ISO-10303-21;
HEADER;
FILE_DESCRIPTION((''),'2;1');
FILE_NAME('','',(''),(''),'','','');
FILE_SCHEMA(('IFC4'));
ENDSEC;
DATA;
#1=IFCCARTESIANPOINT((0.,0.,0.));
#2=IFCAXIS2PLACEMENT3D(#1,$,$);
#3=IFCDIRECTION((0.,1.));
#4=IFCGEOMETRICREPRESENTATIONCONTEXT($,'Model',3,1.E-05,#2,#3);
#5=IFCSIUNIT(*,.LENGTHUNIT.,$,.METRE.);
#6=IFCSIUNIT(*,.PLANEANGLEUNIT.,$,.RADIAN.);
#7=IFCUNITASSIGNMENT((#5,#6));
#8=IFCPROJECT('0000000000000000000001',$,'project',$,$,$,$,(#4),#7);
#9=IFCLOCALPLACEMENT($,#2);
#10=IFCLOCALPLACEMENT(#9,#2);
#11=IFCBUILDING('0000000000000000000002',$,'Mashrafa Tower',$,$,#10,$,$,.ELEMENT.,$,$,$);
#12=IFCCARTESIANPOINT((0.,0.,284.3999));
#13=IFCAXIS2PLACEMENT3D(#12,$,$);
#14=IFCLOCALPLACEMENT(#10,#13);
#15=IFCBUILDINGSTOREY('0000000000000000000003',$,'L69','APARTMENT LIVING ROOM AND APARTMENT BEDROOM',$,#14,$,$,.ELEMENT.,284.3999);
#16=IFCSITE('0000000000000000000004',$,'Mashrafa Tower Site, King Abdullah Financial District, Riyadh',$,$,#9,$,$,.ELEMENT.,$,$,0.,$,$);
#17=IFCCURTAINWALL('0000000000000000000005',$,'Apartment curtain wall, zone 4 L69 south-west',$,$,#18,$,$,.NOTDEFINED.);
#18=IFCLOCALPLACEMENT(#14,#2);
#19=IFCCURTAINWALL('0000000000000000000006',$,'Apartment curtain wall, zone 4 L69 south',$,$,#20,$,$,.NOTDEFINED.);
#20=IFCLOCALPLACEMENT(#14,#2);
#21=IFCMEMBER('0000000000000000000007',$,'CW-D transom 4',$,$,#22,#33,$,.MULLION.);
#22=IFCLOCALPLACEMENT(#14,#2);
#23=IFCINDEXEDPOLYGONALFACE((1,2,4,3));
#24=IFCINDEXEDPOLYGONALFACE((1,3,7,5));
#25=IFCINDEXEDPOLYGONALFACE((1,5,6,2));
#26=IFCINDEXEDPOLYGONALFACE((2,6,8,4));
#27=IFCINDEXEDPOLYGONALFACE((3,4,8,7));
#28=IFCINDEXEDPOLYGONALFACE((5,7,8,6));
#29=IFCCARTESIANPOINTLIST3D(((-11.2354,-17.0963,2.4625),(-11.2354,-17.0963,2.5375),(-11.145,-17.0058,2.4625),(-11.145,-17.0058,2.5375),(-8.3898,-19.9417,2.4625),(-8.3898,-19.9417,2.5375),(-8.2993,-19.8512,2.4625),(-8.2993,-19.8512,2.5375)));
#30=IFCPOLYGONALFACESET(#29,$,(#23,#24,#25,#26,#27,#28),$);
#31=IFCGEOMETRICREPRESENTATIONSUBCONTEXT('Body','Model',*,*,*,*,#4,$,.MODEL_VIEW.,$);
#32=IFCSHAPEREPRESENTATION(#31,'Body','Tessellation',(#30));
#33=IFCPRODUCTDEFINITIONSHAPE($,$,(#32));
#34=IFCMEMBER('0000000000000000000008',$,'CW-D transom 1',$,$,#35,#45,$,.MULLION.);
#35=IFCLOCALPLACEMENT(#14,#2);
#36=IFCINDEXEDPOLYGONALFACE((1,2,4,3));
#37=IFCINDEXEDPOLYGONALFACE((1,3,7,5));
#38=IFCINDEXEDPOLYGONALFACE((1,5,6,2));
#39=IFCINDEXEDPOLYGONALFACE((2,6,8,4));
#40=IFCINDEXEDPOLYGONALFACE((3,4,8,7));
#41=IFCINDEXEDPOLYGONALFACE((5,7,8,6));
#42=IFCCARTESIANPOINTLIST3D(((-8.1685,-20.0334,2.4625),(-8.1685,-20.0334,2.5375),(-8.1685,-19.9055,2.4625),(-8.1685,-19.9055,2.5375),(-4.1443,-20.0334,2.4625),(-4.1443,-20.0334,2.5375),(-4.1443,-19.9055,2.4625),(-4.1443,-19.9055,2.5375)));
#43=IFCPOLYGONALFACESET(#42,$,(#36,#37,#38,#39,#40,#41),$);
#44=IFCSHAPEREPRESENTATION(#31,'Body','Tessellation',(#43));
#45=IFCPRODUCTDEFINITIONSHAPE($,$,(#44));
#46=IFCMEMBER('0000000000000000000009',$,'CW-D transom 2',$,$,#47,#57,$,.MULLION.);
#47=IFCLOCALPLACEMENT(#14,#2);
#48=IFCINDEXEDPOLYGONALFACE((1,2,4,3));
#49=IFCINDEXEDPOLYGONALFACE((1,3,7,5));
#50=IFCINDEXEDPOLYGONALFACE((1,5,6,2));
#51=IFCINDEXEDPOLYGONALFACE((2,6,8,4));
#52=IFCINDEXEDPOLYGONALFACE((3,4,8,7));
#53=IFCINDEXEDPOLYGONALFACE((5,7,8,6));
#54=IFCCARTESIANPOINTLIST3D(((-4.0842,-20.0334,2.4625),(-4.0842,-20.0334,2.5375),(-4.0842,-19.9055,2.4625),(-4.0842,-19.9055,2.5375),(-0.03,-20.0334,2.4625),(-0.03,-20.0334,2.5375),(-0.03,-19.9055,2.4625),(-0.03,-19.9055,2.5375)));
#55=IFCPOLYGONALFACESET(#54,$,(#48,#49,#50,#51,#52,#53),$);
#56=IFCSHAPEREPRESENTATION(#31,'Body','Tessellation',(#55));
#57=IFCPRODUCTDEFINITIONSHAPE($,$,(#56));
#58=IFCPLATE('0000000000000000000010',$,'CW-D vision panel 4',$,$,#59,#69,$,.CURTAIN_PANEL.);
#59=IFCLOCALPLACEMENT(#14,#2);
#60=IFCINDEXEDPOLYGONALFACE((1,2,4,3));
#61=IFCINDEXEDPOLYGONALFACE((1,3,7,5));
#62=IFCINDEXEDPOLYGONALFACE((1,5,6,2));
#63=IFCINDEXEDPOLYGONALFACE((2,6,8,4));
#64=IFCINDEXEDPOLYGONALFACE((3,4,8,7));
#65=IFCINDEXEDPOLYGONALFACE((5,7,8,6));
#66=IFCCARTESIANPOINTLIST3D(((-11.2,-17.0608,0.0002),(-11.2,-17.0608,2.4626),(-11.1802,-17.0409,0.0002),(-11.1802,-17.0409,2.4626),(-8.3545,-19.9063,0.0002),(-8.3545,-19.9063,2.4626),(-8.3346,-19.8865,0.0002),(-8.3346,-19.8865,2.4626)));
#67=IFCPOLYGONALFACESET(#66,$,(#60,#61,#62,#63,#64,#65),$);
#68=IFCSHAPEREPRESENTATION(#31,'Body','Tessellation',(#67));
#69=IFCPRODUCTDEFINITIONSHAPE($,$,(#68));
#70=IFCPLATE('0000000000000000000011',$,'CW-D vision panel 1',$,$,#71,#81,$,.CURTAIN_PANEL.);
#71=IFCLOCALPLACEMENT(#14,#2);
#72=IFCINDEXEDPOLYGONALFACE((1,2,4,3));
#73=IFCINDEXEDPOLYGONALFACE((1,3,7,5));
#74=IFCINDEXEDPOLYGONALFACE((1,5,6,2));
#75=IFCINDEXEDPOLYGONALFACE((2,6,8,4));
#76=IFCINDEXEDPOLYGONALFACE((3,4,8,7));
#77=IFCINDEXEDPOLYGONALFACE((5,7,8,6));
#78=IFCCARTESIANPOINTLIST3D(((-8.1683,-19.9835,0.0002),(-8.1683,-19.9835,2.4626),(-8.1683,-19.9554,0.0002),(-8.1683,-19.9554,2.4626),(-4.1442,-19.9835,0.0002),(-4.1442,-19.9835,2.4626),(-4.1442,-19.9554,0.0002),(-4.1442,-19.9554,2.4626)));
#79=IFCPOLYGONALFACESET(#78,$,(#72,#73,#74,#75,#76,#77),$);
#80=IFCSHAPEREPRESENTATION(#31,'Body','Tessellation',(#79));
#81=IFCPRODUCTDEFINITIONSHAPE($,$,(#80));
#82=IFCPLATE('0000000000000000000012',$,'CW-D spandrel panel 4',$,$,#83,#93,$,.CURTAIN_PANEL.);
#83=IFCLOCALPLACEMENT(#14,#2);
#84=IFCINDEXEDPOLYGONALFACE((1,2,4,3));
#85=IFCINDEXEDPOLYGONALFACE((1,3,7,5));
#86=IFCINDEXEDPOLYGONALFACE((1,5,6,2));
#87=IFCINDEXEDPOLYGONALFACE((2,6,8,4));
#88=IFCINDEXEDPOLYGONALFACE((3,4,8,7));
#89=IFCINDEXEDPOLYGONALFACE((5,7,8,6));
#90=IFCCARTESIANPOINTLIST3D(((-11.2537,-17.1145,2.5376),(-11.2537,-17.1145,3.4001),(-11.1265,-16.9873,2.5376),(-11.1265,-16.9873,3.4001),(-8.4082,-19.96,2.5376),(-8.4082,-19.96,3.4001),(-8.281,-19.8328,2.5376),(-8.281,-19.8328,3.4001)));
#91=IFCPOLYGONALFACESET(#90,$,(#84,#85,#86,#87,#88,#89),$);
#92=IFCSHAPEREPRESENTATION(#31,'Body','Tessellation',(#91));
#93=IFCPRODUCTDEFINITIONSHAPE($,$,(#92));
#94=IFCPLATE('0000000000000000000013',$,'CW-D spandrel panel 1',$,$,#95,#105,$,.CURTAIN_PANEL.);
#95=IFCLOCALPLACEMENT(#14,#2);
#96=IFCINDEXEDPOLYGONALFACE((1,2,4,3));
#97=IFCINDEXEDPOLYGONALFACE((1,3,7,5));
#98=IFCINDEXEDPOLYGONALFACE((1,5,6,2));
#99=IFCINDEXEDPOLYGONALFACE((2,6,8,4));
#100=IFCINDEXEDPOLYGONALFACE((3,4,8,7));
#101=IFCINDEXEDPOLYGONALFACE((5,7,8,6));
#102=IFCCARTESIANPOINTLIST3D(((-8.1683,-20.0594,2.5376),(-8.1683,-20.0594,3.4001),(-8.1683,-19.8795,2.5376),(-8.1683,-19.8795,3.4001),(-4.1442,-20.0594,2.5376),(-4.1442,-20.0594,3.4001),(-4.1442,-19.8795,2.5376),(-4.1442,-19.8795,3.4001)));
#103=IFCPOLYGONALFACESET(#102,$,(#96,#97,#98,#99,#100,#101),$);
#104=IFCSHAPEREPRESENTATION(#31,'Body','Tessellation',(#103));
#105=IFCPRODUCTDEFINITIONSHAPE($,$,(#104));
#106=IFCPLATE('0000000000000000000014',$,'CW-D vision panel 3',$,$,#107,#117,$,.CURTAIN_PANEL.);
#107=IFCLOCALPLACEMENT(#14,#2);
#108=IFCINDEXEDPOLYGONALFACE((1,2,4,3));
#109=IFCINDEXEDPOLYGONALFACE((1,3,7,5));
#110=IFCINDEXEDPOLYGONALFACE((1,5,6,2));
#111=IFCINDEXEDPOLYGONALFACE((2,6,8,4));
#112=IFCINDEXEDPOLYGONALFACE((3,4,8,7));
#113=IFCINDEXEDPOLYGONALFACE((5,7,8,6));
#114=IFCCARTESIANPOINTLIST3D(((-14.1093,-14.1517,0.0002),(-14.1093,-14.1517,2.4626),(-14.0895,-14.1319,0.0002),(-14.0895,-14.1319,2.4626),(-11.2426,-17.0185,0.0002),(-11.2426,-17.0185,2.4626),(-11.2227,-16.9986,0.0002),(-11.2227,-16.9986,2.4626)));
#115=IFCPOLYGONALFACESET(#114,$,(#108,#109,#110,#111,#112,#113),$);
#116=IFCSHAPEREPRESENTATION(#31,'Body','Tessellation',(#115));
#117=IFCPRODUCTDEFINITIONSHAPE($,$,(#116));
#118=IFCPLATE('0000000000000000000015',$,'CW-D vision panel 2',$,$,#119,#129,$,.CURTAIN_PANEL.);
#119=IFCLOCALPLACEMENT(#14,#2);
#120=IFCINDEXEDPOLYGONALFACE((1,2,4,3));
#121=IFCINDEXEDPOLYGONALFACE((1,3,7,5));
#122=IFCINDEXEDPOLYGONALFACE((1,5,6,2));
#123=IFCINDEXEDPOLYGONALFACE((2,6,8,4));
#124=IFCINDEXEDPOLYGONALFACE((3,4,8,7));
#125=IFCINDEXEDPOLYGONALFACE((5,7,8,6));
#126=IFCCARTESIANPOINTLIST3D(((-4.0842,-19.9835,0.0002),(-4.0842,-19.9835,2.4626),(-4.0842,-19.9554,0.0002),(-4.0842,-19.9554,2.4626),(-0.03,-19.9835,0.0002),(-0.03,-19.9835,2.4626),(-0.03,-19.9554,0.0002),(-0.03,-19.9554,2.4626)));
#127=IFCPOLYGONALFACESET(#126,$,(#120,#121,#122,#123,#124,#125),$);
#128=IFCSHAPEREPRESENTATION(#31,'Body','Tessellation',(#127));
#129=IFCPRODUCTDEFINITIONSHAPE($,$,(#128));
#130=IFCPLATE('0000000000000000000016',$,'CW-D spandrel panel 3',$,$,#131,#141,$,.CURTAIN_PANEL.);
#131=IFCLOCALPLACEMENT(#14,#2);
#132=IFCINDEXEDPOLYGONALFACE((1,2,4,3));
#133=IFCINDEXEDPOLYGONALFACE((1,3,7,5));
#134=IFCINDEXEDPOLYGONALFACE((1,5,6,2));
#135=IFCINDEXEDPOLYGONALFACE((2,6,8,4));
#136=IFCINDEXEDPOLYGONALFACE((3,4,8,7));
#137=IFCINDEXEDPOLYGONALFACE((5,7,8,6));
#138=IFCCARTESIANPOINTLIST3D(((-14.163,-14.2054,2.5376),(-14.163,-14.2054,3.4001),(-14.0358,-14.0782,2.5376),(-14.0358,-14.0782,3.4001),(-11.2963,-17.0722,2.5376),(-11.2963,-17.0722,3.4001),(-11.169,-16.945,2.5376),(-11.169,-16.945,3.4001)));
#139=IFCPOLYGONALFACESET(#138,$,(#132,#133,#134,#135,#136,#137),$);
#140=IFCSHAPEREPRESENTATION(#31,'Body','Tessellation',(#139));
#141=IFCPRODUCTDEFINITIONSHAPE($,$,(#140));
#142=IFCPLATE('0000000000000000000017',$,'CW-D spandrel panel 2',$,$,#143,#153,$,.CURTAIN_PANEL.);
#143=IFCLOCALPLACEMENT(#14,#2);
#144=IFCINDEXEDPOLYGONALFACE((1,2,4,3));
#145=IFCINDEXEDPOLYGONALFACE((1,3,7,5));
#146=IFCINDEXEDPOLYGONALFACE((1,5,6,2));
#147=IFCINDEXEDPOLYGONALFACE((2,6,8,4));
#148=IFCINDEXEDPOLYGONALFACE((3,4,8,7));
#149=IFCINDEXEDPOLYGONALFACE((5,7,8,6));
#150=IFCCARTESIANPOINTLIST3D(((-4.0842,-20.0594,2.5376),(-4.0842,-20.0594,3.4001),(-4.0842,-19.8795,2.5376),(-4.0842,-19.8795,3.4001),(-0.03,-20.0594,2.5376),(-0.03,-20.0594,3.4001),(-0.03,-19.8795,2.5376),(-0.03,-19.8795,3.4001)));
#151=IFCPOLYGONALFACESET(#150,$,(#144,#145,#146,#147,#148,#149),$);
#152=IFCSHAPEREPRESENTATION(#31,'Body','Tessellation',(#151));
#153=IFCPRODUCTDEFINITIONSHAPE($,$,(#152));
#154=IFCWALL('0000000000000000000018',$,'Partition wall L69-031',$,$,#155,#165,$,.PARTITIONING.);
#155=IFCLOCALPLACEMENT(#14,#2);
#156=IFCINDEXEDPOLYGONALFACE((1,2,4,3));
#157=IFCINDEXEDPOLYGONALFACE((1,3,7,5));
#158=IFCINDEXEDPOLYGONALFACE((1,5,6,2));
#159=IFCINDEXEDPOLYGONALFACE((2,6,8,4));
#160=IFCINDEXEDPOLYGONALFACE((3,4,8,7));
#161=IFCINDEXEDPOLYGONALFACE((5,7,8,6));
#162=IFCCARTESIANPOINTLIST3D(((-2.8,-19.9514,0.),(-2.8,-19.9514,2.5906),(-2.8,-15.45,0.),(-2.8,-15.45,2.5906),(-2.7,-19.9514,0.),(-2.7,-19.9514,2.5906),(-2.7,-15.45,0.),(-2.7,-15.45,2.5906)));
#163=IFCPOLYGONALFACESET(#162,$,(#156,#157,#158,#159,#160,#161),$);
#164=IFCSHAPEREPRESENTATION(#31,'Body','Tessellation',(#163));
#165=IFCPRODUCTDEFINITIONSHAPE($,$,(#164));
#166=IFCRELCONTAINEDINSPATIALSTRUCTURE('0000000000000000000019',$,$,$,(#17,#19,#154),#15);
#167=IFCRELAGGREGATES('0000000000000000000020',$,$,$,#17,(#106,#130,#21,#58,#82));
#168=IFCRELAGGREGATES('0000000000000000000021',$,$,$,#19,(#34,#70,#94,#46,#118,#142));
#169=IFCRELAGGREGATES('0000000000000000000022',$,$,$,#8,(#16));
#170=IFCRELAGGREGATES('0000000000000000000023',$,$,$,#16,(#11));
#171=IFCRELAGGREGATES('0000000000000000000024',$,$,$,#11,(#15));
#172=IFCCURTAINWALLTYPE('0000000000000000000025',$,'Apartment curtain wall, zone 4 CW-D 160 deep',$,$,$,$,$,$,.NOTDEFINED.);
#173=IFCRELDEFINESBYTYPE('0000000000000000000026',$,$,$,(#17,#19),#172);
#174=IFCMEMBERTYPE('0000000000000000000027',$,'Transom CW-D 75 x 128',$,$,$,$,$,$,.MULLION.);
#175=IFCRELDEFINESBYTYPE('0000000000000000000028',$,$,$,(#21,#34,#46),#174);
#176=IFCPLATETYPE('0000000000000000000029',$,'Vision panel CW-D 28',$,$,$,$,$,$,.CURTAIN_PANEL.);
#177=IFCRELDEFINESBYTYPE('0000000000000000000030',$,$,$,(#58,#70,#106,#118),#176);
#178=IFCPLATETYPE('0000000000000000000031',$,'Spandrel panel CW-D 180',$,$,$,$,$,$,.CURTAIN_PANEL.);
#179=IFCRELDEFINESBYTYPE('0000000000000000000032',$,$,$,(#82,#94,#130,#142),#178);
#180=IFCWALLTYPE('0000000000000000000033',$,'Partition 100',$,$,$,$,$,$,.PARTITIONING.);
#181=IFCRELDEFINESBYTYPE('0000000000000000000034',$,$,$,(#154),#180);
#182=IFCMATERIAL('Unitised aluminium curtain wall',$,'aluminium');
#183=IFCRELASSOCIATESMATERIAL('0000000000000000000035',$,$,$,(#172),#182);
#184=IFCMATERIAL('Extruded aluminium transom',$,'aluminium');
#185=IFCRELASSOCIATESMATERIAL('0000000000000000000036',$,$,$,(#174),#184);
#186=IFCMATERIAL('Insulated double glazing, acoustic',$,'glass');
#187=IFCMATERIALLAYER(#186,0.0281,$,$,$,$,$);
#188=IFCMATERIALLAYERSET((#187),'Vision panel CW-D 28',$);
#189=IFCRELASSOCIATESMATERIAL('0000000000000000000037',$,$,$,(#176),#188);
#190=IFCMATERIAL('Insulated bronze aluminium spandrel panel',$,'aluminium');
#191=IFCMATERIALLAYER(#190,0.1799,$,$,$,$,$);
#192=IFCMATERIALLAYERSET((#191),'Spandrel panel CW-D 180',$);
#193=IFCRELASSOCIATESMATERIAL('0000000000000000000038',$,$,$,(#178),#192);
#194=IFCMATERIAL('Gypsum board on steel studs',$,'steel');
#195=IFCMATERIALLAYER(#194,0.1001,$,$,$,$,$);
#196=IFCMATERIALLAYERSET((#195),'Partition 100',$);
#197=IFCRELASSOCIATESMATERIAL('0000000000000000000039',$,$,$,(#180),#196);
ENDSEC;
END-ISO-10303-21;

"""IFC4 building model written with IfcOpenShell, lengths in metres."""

from ifc_helpers import new_model, si_unit, direction, frame, frame_2d, origin, origin_2d, place, context, subcontext, project, spatial, rectangle, extrude, source, transform, mapped, material, layer, layer_set, material_profile, profile_set, type_object, type_shapes, element, aggregate, save


model = new_model("IFC4")

# Units and contexts
model_context = context("Model", 3, precision=1e-05, world=origin(), true_north=direction((0.0, 1.0)))
body_context = subcontext(model_context, "Body", "Model", "MODEL_VIEW")
ifc_project = project(units=[si_unit("LENGTHUNIT", "METRE"), si_unit("PLANEANGLEUNIT", "RADIAN")], contexts=[model_context])

# Site, building, storey
site_placement = place(None, origin())
site = spatial("IfcSite", under=ifc_project, at=site_placement, Name="Mashrafa Tower Site, King Abdullah Financial District, Riyadh", CompositionType="ELEMENT", RefElevation=0.0)
building_placement = place(site_placement, origin())
building = spatial("IfcBuilding", under=site, at=building_placement, Name="Mashrafa Tower", CompositionType="ELEMENT")
storey_placement = place(building_placement, frame((0.0, 0.0, 284.3999)))
storey = spatial("IfcBuildingStorey", under=building, at=storey_placement, Name="L69", Description="APARTMENT LIVING ROOM AND APARTMENT BEDROOM", CompositionType="ELEMENT", Elevation=284.3999)

# Curtain walls
ifc_material_1 = material(Name="Unitised aluminium curtain wall", Category="aluminium")
curtain_wall_type = type_object("IfcCurtainWallType", Name="Apartment curtain wall, zone 4 CW-D 160 deep", PredefinedType="NOTDEFINED", material=ifc_material_1)
curtain_wall_1_placement = place(storey_placement, origin())
curtain_wall_1 = element("IfcCurtainWall", 1, at=curtain_wall_1_placement, inside=storey, type_object=curtain_wall_type, Name="Apartment curtain wall, zone 4 L69 south-west", PredefinedType="NOTDEFINED")
curtain_wall_2_placement = place(storey_placement, origin())
curtain_wall_2 = element("IfcCurtainWall", 2, at=curtain_wall_2_placement, inside=storey, type_object=curtain_wall_type, Name="Apartment curtain wall, zone 4 L69 south", PredefinedType="NOTDEFINED")

# Members
ifc_material_2 = material(Name="Extruded aluminium transom", Category="aluminium")
ifc_material_profile_1 = material_profile(ifc_material_2, rectangle(XDim=0.1279, YDim=0.075, at=origin_2d()), Name="Transom 75x128")
ifc_profile_set_1 = profile_set([ifc_material_profile_1], Name="Extruded aluminium transom")
member_type_1 = type_object("IfcMemberType", Name="Transom CW-D 75 x 128", PredefinedType="MULLION", material=ifc_profile_set_1)
shared_shape_1 = source(origin(), body_context, "Body", "SweptSolid", [
    extrude(rectangle(XDim=0.1279, YDim=0.075, at=origin_2d()), origin(), (0.0, 0.0, 1.0), 4.0242),
])
member_1_placement = place(storey_placement, frame((-11.1902, -17.051, 2.5), z_axis=(0.707137, -0.707076, 0.0), x_axis=(0.707076, 0.707137, 0.0)))
member_1 = element("IfcMember", 3, at=member_1_placement, type_object=member_type_1, Name="CW-D transom 4", PredefinedType="MULLION", context=body_context, shape_type="MappedRepresentation", body=[
    mapped(shared_shape_1, transform((0.0, 0.0, 0.0))),
])
member_2_placement = place(storey_placement, frame((-8.1685, -19.9695, 2.5), z_axis=(1.0, 0.0, 0.0), x_axis=(0.0, 1.0, 0.0)))
member_2 = element("IfcMember", 4, at=member_2_placement, type_object=member_type_1, Name="CW-D transom 1", PredefinedType="MULLION", context=body_context, shape_type="MappedRepresentation", body=[
    mapped(shared_shape_1, transform((0.0, 0.0, 0.0))),
])
shared_shape_2 = source(origin(), body_context, "Body", "SweptSolid", [
    extrude(rectangle(XDim=0.1279, YDim=0.075, at=origin_2d()), origin(), (0.0, 0.0, 1.0), 4.0542),
])
type_shapes(member_type_1, [shared_shape_1, shared_shape_2])
member_3_placement = place(storey_placement, frame((-4.0842, -19.9695, 2.5), z_axis=(1.0, 0.0, 0.0), x_axis=(0.0, 1.0, 0.0)))
member_3 = element("IfcMember", 5, at=member_3_placement, type_object=member_type_1, Name="CW-D transom 2", PredefinedType="MULLION", context=body_context, shape_type="MappedRepresentation", body=[
    mapped(shared_shape_2, transform((0.0, 0.0, 0.0))),
])

# Plates
ifc_material_3 = material(Name="Insulated double glazing, acoustic", Category="glass")
ifc_layer_1 = layer(ifc_material_3, 0.0281)
ifc_layer_set_1 = layer_set([ifc_layer_1], Name="Vision panel CW-D 28")
plate_type_1 = type_object("IfcPlateType", Name="Vision panel CW-D 28", PredefinedType="CURTAIN_PANEL", material=ifc_layer_set_1)
shared_shape_3 = source(origin(), body_context, "Body", "SweptSolid", [
    extrude(rectangle(XDim=4.0242, YDim=0.0281, at=origin_2d()), origin(), (0.0, 0.0, 1.0), 2.4624),
])
plate_1_placement = place(storey_placement, frame((-9.7673, -18.4736, 0.0002), z_axis=(0.0, 0.0, 1.0), x_axis=(0.707107, -0.707107, 0.0)))
plate_1 = element("IfcPlate", 6, at=plate_1_placement, type_object=plate_type_1, Name="CW-D vision panel 4", PredefinedType="CURTAIN_PANEL", context=body_context, shape_type="MappedRepresentation", body=[
    mapped(shared_shape_3, transform((0.0, 0.0, 0.0))),
])
plate_2_placement = place(storey_placement, frame((-6.1562, -19.9695, 0.0002), z_axis=(0.0, 0.0, 1.0), x_axis=(1.0, 0.0, 0.0)))
plate_2 = element("IfcPlate", 7, at=plate_2_placement, type_object=plate_type_1, Name="CW-D vision panel 1", PredefinedType="CURTAIN_PANEL", context=body_context, shape_type="MappedRepresentation", body=[
    mapped(shared_shape_3, transform((0.0, 0.0, 0.0))),
])
ifc_material_4 = material(Name="Insulated bronze aluminium spandrel panel", Category="aluminium")
ifc_layer_2 = layer(ifc_material_4, 0.1799)
ifc_layer_set_2 = layer_set([ifc_layer_2], Name="Spandrel panel CW-D 180")
plate_type_2 = type_object("IfcPlateType", Name="Spandrel panel CW-D 180", PredefinedType="CURTAIN_PANEL", material=ifc_layer_set_2)
shared_shape_4 = source(origin(), body_context, "Body", "SweptSolid", [
    extrude(rectangle(XDim=4.0242, YDim=0.1799, at=origin_2d()), origin(), (0.0, 0.0, 1.0), 0.8625),
])
plate_3_placement = place(storey_placement, frame((-9.7673, -18.4736, 2.5376), z_axis=(0.0, 0.0, 1.0), x_axis=(0.707107, -0.707107, 0.0)))
plate_3 = element("IfcPlate", 8, at=plate_3_placement, type_object=plate_type_2, Name="CW-D spandrel panel 4", PredefinedType="CURTAIN_PANEL", context=body_context, shape_type="MappedRepresentation", body=[
    mapped(shared_shape_4, transform((0.0, 0.0, 0.0))),
])
plate_4_placement = place(storey_placement, frame((-6.1562, -19.9695, 2.5376), z_axis=(0.0, 0.0, 1.0), x_axis=(1.0, 0.0, 0.0)))
plate_4 = element("IfcPlate", 9, at=plate_4_placement, type_object=plate_type_2, Name="CW-D spandrel panel 1", PredefinedType="CURTAIN_PANEL", context=body_context, shape_type="MappedRepresentation", body=[
    mapped(shared_shape_4, transform((0.0, 0.0, 0.0))),
])
shared_shape_5 = source(origin(), body_context, "Body", "SweptSolid", [
    extrude(rectangle(XDim=4.0542, YDim=0.0281, at=origin_2d()), origin(), (0.0, 0.0, 1.0), 2.4624),
])
type_shapes(plate_type_1, [shared_shape_3, shared_shape_5])
plate_5_placement = place(storey_placement, frame((-12.666, -15.5752, 0.0002), z_axis=(0.0, 0.0, 1.0), x_axis=(0.707107, -0.707107, 0.0)))
plate_5 = element("IfcPlate", 10, at=plate_5_placement, type_object=plate_type_1, Name="CW-D vision panel 3", PredefinedType="CURTAIN_PANEL", context=body_context, shape_type="MappedRepresentation", body=[
    mapped(shared_shape_5, transform((0.0, 0.0, 0.0))),
])
plate_6_placement = place(storey_placement, frame((-2.0571, -19.9695, 0.0002), z_axis=(0.0, 0.0, 1.0), x_axis=(1.0, 0.0, 0.0)))
plate_6 = element("IfcPlate", 11, at=plate_6_placement, type_object=plate_type_1, Name="CW-D vision panel 2", PredefinedType="CURTAIN_PANEL", context=body_context, shape_type="MappedRepresentation", body=[
    mapped(shared_shape_5, transform((0.0, 0.0, 0.0))),
])
shared_shape_6 = source(origin(), body_context, "Body", "SweptSolid", [
    extrude(rectangle(XDim=4.0542, YDim=0.1799, at=origin_2d()), origin(), (0.0, 0.0, 1.0), 0.8625),
])
type_shapes(plate_type_2, [shared_shape_4, shared_shape_6])
plate_7_placement = place(storey_placement, frame((-12.666, -15.5752, 2.5376), z_axis=(0.0, 0.0, 1.0), x_axis=(0.707107, -0.707107, 0.0)))
plate_7 = element("IfcPlate", 12, at=plate_7_placement, type_object=plate_type_2, Name="CW-D spandrel panel 3", PredefinedType="CURTAIN_PANEL", context=body_context, shape_type="MappedRepresentation", body=[
    mapped(shared_shape_6, transform((0.0, 0.0, 0.0))),
])
aggregate(curtain_wall_1, [plate_5, plate_7, member_1, plate_1, plate_3])
plate_8_placement = place(storey_placement, frame((-2.0571, -19.9695, 2.5376), z_axis=(0.0, 0.0, 1.0), x_axis=(1.0, 0.0, 0.0)))
plate_8 = element("IfcPlate", 13, at=plate_8_placement, type_object=plate_type_2, Name="CW-D spandrel panel 2", PredefinedType="CURTAIN_PANEL", context=body_context, shape_type="MappedRepresentation", body=[
    mapped(shared_shape_6, transform((0.0, 0.0, 0.0))),
])
aggregate(curtain_wall_2, [member_2, plate_2, plate_4, member_3, plate_6, plate_8])

# Wall
ifc_material_5 = material(Name="Gypsum board on steel studs", Category="steel")
ifc_layer_3 = layer(ifc_material_5, 0.1001)
ifc_layer_set_3 = layer_set([ifc_layer_3], Name="Partition 100")
wall_type = type_object("IfcWallType", Name="Partition 100", PredefinedType="PARTITIONING", material=ifc_layer_set_3)
wall_1_placement = place(storey_placement, frame((-2.75, -19.9514, 0.0), z_axis=(0.0, 0.0, 1.0), x_axis=(0.0, 1.0, 0.0)))
element("IfcWall", 14, at=wall_1_placement, inside=storey, type_object=wall_type, Name="Partition wall L69-031", PredefinedType="PARTITIONING", context=body_context, shape_type="SweptSolid", body=[
    extrude(rectangle(XDim=4.5015, YDim=0.1001, at=frame_2d((2.2507, 0.0))), origin(), (0.0, 0.0, 1.0), 2.5906),
])

save(model, "model.ifc")
